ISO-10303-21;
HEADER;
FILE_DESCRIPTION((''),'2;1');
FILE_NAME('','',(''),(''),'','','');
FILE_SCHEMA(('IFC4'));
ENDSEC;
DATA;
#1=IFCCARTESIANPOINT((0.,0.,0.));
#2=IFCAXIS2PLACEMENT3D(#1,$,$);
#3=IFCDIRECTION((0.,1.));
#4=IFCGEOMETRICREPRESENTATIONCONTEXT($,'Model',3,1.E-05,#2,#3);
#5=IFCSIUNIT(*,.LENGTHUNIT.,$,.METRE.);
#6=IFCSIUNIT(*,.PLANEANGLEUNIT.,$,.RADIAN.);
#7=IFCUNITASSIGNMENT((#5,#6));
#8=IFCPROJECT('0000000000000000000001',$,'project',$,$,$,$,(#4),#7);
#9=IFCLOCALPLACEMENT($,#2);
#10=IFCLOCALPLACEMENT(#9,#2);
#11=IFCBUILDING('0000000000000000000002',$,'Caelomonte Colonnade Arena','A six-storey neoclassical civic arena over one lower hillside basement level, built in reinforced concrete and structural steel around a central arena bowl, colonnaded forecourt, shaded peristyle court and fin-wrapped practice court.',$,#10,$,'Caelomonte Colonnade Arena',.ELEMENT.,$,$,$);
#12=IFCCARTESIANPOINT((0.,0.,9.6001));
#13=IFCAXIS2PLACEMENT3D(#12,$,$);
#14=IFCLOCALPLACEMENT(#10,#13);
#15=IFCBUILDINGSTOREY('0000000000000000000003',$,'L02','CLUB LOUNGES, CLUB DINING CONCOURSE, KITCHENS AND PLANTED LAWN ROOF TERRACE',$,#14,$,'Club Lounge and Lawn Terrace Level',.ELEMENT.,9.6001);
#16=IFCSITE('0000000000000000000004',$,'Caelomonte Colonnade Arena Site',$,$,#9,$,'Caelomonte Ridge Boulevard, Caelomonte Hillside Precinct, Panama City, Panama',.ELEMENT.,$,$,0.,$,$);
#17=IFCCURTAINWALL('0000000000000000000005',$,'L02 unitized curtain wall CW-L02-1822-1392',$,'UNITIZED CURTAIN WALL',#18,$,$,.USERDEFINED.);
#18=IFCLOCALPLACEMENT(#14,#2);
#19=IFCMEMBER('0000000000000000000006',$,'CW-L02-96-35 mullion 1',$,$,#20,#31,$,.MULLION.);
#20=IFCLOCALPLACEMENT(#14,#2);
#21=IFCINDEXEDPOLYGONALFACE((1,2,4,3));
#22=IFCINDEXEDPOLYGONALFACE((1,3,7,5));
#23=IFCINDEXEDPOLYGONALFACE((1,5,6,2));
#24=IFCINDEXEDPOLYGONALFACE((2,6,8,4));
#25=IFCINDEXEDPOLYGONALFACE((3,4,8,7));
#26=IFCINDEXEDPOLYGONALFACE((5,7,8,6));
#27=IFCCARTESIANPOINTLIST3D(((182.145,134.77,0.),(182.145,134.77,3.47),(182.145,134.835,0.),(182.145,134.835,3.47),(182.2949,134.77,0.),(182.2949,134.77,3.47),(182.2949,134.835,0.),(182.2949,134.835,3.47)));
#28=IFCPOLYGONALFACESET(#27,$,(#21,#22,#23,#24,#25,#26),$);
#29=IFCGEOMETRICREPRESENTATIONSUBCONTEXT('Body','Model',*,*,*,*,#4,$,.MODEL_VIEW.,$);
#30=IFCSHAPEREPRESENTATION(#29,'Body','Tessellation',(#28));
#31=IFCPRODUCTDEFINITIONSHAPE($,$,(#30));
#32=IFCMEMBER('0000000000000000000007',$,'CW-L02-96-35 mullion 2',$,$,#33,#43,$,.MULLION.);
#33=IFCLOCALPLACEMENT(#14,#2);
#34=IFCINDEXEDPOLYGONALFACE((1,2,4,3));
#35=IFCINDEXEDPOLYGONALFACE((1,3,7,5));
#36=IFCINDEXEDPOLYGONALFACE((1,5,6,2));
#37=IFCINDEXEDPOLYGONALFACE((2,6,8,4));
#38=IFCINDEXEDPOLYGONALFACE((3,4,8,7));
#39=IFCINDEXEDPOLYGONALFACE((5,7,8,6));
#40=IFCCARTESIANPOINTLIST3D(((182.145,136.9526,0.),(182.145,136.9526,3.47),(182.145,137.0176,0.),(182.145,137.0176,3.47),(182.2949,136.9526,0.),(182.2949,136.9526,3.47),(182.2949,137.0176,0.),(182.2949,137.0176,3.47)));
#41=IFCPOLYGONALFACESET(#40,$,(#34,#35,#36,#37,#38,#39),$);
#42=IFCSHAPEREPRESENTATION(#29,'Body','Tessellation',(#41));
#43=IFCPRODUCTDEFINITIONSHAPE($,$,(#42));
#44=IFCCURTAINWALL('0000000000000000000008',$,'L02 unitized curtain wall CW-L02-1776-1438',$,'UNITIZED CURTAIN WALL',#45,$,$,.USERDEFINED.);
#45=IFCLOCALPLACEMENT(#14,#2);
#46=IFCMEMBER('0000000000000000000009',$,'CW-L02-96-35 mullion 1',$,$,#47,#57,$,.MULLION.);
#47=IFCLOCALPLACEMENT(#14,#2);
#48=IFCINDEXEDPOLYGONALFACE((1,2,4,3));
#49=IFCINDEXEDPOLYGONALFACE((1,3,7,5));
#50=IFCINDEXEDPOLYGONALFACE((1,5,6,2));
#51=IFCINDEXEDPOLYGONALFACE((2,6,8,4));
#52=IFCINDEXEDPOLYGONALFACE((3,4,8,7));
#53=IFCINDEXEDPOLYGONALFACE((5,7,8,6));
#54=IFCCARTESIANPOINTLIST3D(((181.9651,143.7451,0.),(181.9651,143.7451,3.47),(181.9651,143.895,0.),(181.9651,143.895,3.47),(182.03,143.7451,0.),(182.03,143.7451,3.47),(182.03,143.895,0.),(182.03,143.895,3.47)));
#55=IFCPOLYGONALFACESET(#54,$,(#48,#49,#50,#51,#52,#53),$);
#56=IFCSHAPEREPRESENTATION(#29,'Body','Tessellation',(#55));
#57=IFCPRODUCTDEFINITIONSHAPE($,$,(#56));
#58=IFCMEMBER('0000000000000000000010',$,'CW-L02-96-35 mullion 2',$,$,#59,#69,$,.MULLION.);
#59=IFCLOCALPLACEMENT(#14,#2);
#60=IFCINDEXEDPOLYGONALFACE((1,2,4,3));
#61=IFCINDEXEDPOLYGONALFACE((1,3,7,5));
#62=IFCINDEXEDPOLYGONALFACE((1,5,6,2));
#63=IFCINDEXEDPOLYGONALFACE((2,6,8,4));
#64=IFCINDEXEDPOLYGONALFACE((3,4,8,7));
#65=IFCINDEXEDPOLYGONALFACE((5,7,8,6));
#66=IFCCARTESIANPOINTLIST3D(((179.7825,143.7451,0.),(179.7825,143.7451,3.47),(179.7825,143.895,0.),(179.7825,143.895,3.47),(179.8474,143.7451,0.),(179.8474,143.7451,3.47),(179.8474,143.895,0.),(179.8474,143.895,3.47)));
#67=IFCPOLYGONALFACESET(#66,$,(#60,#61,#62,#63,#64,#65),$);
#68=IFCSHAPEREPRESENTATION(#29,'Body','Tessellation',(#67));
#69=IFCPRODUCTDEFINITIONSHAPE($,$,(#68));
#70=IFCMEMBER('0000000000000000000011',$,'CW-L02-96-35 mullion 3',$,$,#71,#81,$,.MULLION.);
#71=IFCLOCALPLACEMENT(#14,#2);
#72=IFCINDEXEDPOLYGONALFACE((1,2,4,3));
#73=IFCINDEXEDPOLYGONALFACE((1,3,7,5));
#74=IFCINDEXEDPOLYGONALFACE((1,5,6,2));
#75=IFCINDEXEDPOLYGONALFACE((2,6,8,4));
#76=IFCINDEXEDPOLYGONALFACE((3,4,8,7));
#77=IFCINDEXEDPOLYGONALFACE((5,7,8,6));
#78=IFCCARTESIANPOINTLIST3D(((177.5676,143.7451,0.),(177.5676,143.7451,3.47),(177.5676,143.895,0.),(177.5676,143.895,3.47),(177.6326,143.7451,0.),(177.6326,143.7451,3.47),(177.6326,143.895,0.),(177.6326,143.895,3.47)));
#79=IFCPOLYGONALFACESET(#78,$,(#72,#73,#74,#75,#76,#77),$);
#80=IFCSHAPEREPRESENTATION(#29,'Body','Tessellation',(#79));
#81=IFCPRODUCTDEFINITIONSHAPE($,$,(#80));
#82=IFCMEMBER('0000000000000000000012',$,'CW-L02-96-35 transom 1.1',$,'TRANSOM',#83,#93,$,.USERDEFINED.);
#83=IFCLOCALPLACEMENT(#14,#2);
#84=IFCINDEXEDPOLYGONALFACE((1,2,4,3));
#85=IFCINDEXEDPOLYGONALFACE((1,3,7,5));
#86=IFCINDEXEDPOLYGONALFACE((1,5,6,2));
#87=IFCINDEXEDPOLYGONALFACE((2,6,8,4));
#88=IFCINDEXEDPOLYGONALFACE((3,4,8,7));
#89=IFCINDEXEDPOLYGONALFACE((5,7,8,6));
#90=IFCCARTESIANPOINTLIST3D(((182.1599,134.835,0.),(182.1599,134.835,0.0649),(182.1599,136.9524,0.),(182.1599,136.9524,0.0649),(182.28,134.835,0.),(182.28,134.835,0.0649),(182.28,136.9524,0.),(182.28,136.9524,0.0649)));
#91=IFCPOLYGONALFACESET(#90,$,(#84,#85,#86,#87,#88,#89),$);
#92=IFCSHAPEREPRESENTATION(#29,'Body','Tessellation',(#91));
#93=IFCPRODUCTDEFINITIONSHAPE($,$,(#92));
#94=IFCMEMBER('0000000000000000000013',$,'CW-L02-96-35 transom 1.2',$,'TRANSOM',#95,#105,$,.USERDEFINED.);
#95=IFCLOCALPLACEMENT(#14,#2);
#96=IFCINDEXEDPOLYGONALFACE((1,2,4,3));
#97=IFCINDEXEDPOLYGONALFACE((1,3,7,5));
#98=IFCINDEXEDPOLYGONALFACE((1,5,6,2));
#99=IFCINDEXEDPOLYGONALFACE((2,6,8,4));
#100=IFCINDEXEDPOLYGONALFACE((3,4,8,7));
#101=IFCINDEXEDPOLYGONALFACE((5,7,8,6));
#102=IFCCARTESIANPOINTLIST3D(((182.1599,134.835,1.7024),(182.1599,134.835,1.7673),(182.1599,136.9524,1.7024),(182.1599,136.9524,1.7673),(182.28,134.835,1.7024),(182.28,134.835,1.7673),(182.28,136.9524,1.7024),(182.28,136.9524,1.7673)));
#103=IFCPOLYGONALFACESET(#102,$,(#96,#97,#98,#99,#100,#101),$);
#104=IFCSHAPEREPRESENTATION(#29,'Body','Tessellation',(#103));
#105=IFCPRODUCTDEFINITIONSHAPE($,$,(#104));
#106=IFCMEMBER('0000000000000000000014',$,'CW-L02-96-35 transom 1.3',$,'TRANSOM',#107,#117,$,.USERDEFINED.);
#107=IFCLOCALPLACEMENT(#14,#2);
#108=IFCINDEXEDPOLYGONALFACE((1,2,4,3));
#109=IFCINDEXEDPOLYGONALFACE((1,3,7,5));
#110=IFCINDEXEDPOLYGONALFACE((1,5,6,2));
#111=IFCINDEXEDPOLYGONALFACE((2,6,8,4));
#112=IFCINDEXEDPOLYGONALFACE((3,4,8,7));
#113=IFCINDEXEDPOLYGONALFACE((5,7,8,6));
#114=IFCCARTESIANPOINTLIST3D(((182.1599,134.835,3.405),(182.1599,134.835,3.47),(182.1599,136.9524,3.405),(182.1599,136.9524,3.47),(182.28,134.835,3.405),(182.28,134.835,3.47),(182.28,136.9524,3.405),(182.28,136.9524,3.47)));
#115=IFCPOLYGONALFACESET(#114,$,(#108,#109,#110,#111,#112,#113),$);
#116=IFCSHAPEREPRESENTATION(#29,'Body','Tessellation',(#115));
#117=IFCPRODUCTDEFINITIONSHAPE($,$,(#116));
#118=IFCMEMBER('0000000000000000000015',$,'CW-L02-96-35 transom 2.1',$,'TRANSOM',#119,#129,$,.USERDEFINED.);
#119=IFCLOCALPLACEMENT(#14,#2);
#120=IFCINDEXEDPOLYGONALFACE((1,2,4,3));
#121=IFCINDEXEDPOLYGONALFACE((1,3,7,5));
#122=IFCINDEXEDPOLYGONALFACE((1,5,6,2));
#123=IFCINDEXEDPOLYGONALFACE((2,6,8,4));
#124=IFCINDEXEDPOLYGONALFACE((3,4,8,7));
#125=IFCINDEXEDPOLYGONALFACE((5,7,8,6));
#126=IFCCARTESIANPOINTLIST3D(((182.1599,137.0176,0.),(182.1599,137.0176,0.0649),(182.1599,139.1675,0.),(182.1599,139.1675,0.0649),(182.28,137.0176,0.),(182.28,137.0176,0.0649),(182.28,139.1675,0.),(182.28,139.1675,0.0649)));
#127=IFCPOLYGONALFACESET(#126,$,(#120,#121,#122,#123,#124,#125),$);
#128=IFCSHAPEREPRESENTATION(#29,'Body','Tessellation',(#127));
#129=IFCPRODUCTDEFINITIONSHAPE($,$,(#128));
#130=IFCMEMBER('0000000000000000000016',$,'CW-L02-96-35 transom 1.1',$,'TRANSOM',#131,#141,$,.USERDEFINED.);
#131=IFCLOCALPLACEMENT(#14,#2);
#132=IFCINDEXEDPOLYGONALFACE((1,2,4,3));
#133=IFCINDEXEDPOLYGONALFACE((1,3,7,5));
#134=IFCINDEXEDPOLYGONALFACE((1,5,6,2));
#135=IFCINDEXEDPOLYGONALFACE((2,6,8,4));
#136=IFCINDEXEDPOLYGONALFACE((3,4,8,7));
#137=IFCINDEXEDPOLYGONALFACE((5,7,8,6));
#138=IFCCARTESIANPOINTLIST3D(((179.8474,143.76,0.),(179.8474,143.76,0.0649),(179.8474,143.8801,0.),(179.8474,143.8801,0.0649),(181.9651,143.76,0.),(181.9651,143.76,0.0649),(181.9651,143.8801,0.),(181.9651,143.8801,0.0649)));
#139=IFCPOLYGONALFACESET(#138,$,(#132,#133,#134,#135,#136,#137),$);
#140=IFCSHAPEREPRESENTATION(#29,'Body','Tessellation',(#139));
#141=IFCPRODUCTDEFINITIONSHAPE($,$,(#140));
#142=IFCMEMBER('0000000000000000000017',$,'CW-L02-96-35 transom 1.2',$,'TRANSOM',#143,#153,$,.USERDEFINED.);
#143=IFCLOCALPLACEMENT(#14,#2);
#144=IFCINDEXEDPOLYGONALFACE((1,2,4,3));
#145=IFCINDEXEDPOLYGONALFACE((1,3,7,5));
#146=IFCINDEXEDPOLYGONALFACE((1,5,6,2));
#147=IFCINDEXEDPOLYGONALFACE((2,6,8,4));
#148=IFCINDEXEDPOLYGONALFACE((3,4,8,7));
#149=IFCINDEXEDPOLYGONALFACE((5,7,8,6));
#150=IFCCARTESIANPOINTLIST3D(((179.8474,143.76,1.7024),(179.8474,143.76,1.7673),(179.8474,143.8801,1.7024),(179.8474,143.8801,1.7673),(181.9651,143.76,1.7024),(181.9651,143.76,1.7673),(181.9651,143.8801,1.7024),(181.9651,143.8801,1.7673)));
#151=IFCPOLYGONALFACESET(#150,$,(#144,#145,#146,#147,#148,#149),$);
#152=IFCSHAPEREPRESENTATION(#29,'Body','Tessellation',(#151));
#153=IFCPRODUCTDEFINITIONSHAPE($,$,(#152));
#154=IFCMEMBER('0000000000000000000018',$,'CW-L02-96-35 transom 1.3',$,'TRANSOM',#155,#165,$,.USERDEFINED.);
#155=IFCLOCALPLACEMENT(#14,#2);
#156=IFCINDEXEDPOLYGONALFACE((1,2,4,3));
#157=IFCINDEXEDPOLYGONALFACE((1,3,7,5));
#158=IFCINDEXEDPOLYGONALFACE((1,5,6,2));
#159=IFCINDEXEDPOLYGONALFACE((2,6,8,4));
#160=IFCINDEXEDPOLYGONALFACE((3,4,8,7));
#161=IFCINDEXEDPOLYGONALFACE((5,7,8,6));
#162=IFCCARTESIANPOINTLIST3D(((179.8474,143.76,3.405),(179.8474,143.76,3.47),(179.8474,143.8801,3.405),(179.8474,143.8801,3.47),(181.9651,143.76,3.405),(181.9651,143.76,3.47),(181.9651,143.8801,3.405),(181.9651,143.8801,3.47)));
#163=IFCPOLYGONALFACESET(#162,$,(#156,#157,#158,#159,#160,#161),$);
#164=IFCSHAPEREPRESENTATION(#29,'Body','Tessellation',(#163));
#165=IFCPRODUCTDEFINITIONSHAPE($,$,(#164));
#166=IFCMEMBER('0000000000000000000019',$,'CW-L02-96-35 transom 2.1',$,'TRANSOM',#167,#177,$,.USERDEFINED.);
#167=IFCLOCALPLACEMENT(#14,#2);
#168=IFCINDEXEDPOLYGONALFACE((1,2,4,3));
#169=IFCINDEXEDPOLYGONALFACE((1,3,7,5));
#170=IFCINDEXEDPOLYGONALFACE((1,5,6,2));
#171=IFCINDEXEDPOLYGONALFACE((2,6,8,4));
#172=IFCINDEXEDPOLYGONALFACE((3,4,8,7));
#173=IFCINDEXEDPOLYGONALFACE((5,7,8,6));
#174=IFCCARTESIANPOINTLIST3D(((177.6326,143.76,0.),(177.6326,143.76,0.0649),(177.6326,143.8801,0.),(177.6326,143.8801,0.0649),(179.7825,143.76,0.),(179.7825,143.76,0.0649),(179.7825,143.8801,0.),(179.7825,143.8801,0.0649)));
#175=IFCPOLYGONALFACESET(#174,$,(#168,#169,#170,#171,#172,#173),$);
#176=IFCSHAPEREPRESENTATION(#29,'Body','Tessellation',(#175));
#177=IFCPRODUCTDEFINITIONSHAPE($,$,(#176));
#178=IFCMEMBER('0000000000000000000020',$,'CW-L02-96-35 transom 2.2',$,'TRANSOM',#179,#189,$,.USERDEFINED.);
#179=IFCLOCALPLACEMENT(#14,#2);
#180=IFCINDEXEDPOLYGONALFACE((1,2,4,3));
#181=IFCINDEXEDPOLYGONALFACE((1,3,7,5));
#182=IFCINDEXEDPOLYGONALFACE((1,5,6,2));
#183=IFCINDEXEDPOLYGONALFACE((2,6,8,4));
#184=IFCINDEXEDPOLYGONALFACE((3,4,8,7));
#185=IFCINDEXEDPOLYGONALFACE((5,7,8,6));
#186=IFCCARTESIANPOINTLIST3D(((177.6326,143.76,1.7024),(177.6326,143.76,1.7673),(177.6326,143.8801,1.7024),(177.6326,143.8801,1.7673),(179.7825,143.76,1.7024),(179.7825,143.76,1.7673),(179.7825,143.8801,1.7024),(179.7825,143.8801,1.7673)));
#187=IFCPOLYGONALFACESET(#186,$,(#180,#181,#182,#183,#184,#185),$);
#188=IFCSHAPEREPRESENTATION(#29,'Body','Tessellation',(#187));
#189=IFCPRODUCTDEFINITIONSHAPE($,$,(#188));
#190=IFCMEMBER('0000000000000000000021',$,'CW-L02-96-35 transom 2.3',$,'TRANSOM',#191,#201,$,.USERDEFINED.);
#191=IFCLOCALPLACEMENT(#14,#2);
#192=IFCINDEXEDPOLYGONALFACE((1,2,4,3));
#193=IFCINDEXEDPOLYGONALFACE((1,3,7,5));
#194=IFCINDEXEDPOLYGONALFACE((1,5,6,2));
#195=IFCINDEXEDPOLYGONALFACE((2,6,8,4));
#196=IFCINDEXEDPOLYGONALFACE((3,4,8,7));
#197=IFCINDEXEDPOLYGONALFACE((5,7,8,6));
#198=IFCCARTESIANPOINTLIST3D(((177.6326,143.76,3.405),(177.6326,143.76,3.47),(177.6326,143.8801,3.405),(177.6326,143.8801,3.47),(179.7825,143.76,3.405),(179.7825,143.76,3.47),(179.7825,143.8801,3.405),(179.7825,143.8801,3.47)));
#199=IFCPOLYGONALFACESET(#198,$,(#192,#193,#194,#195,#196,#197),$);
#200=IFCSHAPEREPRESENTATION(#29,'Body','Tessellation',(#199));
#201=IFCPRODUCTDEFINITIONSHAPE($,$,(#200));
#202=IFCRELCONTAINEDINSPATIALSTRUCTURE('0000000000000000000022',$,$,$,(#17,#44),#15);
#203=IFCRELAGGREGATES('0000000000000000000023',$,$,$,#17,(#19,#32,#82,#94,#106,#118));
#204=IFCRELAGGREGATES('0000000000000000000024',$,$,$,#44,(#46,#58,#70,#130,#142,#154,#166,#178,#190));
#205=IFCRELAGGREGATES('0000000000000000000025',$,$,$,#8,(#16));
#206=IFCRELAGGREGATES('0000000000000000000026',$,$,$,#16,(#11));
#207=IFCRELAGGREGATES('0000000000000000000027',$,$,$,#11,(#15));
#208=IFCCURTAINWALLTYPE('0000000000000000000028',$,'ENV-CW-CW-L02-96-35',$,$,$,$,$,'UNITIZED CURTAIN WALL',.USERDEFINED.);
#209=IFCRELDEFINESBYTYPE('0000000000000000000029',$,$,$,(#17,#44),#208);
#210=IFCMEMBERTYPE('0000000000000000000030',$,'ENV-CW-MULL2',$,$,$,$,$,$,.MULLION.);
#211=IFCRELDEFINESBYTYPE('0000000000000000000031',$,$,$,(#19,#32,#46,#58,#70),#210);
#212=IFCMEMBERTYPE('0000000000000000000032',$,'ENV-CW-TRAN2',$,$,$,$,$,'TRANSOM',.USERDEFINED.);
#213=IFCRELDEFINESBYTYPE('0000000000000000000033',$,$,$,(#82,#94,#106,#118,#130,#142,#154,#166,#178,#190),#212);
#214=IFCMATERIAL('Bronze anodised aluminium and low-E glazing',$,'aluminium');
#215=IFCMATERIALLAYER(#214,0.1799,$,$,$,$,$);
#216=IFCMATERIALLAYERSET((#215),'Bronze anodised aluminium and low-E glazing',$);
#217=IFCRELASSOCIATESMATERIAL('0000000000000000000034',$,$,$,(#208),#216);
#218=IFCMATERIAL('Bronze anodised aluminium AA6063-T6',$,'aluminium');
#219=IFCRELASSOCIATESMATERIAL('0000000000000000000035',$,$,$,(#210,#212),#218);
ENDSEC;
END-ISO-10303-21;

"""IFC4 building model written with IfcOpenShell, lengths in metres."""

from ifc_helpers import new_model, si_unit, direction, frame, origin, origin_2d, place, context, subcontext, project, spatial, rectangle, extrude, material, layer, layer_set, material_profile, profile_set, type_object, element, aggregate, save


model = new_model("IFC4")

# Units and contexts
model_context = context("Model", 3, precision=1e-05, world=origin(), true_north=direction((0.0, 1.0)))
body_context = subcontext(model_context, "Body", "Model", "MODEL_VIEW")
ifc_project = project(units=[si_unit("LENGTHUNIT", "METRE"), si_unit("PLANEANGLEUNIT", "RADIAN")], contexts=[model_context])

# Site, building, storey
site_placement = place(None, origin())
site = spatial("IfcSite", under=ifc_project, at=site_placement, Name="Caelomonte Colonnade Arena Site", LongName="Caelomonte Ridge Boulevard, Caelomonte Hillside Precinct, Panama City, Panama", CompositionType="ELEMENT", RefElevation=0.0)
building_placement = place(site_placement, origin())
building = spatial("IfcBuilding", under=site, at=building_placement, Name="Caelomonte Colonnade Arena", Description="A six-storey neoclassical civic arena over one lower hillside basement level, built in reinforced concrete and structural steel around a central arena bowl, colonnaded forecourt, shaded peristyle court and fin-wrapped practice court.", LongName="Caelomonte Colonnade Arena", CompositionType="ELEMENT")
storey_placement = place(building_placement, frame((0.0, 0.0, 9.6001)))
storey = spatial("IfcBuildingStorey", under=building, at=storey_placement, Name="L02", Description="CLUB LOUNGES, CLUB DINING CONCOURSE, KITCHENS AND PLANTED LAWN ROOF TERRACE", LongName="Club Lounge and Lawn Terrace Level", CompositionType="ELEMENT", Elevation=9.6001)

# Curtain walls, members
ifc_material_1 = material(Name="Bronze anodised aluminium and low-E glazing", Category="aluminium")
ifc_layer_1 = layer(ifc_material_1, 0.1799)
ifc_layer_set_1 = layer_set([ifc_layer_1], Name="Bronze anodised aluminium and low-E glazing")
curtain_wall_type = type_object("IfcCurtainWallType", Name="ENV-CW-CW-L02-96-35", ElementType="UNITIZED CURTAIN WALL", PredefinedType="USERDEFINED", material=ifc_layer_set_1)
curtain_wall_1_placement = place(storey_placement, origin())
curtain_wall_1 = element("IfcCurtainWall", 1, at=curtain_wall_1_placement, inside=storey, type_object=curtain_wall_type, Name="L02 unitized curtain wall CW-L02-1822-1392", ObjectType="UNITIZED CURTAIN WALL", PredefinedType="USERDEFINED")
ifc_material_2 = material(Name="Bronze anodised aluminium AA6063-T6", Category="aluminium")
ifc_material_profile_1 = material_profile(ifc_material_2, rectangle(XDim=0.0649, YDim=0.1499, at=origin_2d()), Name="CWM-65X150")
ifc_profile_set_1 = profile_set([ifc_material_profile_1], Name="Bronze anodised aluminium AA6063-T6")
member_type_1 = type_object("IfcMemberType", Name="ENV-CW-MULL2", PredefinedType="MULLION", material=ifc_profile_set_1)
member_1_placement = place(storey_placement, frame((182.22, 134.8025, 0.0), z_axis=(0.0, 0.0, 1.0), x_axis=(0.0, 1.0, 0.0)))
member_1 = element("IfcMember", 2, at=member_1_placement, type_object=member_type_1, Name="CW-L02-96-35 mullion 1", PredefinedType="MULLION", context=body_context, shape_type="SweptSolid", body=[
    extrude(rectangle(XDim=0.0649, YDim=0.1499, at=origin_2d()), origin(), (0.0, 0.0, 1.0), 3.47),
])
member_2_placement = place(storey_placement, frame((182.22, 136.9851, 0.0), z_axis=(0.0, 0.0, 1.0), x_axis=(0.0, 1.0, 0.0)))
member_2 = element("IfcMember", 3, at=member_2_placement, type_object=member_type_1, Name="CW-L02-96-35 mullion 2", PredefinedType="MULLION", context=body_context, shape_type="SweptSolid", body=[
    extrude(rectangle(XDim=0.0649, YDim=0.1499, at=origin_2d()), origin(), (0.0, 0.0, 1.0), 3.47),
])
curtain_wall_2_placement = place(storey_placement, origin())
curtain_wall_2 = element("IfcCurtainWall", 4, at=curtain_wall_2_placement, inside=storey, type_object=curtain_wall_type, Name="L02 unitized curtain wall CW-L02-1776-1438", ObjectType="UNITIZED CURTAIN WALL", PredefinedType="USERDEFINED")
member_3_placement = place(storey_placement, frame((181.9976, 143.8201, 0.0), z_axis=(0.0, 0.0, 1.0), x_axis=(-1.0, 0.0, 0.0)))
member_3 = element("IfcMember", 5, at=member_3_placement, type_object=member_type_1, Name="CW-L02-96-35 mullion 1", PredefinedType="MULLION", context=body_context, shape_type="SweptSolid", body=[
    extrude(rectangle(XDim=0.0649, YDim=0.1499, at=origin_2d()), origin(), (0.0, 0.0, 1.0), 3.47),
])
member_4_placement = place(storey_placement, frame((179.8149, 143.8201, 0.0), z_axis=(0.0, 0.0, 1.0), x_axis=(-1.0, 0.0, 0.0)))
member_4 = element("IfcMember", 6, at=member_4_placement, type_object=member_type_1, Name="CW-L02-96-35 mullion 2", PredefinedType="MULLION", context=body_context, shape_type="SweptSolid", body=[
    extrude(rectangle(XDim=0.0649, YDim=0.1499, at=origin_2d()), origin(), (0.0, 0.0, 1.0), 3.47),
])
member_5_placement = place(storey_placement, frame((177.6001, 143.8201, 0.0), z_axis=(0.0, 0.0, 1.0), x_axis=(-1.0, 0.0, 0.0)))
member_5 = element("IfcMember", 7, at=member_5_placement, type_object=member_type_1, Name="CW-L02-96-35 mullion 3", PredefinedType="MULLION", context=body_context, shape_type="SweptSolid", body=[
    extrude(rectangle(XDim=0.0649, YDim=0.1499, at=origin_2d()), origin(), (0.0, 0.0, 1.0), 3.47),
])

# Members
ifc_material_profile_2 = material_profile(ifc_material_2, rectangle(XDim=0.0649, YDim=0.1201, at=origin_2d()), Name="CWT-65X120")
ifc_profile_set_2 = profile_set([ifc_material_profile_2], Name="Bronze anodised aluminium AA6063-T6")
member_type_2 = type_object("IfcMemberType", Name="ENV-CW-TRAN2", ElementType="TRANSOM", PredefinedType="USERDEFINED", material=ifc_profile_set_2)
member_6_placement = place(storey_placement, frame((182.22, 134.835, 0.0325), z_axis=(0.0, 1.0, 0.0), x_axis=(0.0, 0.0, 1.0)))
member_6 = element("IfcMember", 8, at=member_6_placement, type_object=member_type_2, Name="CW-L02-96-35 transom 1.1", ObjectType="TRANSOM", PredefinedType="USERDEFINED", context=body_context, shape_type="SweptSolid", body=[
    extrude(rectangle(XDim=0.0649, YDim=0.1201, at=origin_2d()), origin(), (0.0, 0.0, 1.0), 2.1174),
])
member_7_placement = place(storey_placement, frame((182.22, 134.835, 1.7349), z_axis=(0.0, 1.0, 0.0), x_axis=(0.0, 0.0, 1.0)))
member_7 = element("IfcMember", 9, at=member_7_placement, type_object=member_type_2, Name="CW-L02-96-35 transom 1.2", ObjectType="TRANSOM", PredefinedType="USERDEFINED", context=body_context, shape_type="SweptSolid", body=[
    extrude(rectangle(XDim=0.0649, YDim=0.1201, at=origin_2d()), origin(), (0.0, 0.0, 1.0), 2.1174),
])
member_8_placement = place(storey_placement, frame((182.22, 134.835, 3.4375), z_axis=(0.0, 1.0, 0.0), x_axis=(0.0, 0.0, 1.0)))
member_8 = element("IfcMember", 10, at=member_8_placement, type_object=member_type_2, Name="CW-L02-96-35 transom 1.3", ObjectType="TRANSOM", PredefinedType="USERDEFINED", context=body_context, shape_type="SweptSolid", body=[
    extrude(rectangle(XDim=0.0649, YDim=0.1201, at=origin_2d()), origin(), (0.0, 0.0, 1.0), 2.1174),
])
member_9_placement = place(storey_placement, frame((182.22, 137.0176, 0.0325), z_axis=(0.0, 1.0, 0.0), x_axis=(0.0, 0.0, 1.0)))
member_9 = element("IfcMember", 11, at=member_9_placement, type_object=member_type_2, Name="CW-L02-96-35 transom 2.1", ObjectType="TRANSOM", PredefinedType="USERDEFINED", context=body_context, shape_type="SweptSolid", body=[
    extrude(rectangle(XDim=0.0649, YDim=0.1201, at=origin_2d()), origin(), (0.0, 0.0, 1.0), 2.1499),
])
member_10_placement = place(storey_placement, frame((181.9651, 143.8201, 0.0325), z_axis=(-1.0, 0.0, 0.0), x_axis=(0.0, 0.0, 1.0)))
member_10 = element("IfcMember", 12, at=member_10_placement, type_object=member_type_2, Name="CW-L02-96-35 transom 1.1", ObjectType="TRANSOM", PredefinedType="USERDEFINED", context=body_context, shape_type="SweptSolid", body=[
    extrude(rectangle(XDim=0.0649, YDim=0.1201, at=origin_2d()), origin(), (0.0, 0.0, 1.0), 2.1177),
])
member_11_placement = place(storey_placement, frame((181.9651, 143.8201, 1.7349), z_axis=(-1.0, 0.0, 0.0), x_axis=(0.0, 0.0, 1.0)))
member_11 = element("IfcMember", 13, at=member_11_placement, type_object=member_type_2, Name="CW-L02-96-35 transom 1.2", ObjectType="TRANSOM", PredefinedType="USERDEFINED", context=body_context, shape_type="SweptSolid", body=[
    extrude(rectangle(XDim=0.0649, YDim=0.1201, at=origin_2d()), origin(), (0.0, 0.0, 1.0), 2.1177),
])
member_12_placement = place(storey_placement, frame((181.9651, 143.8201, 3.4375), z_axis=(-1.0, 0.0, 0.0), x_axis=(0.0, 0.0, 1.0)))
member_12 = element("IfcMember", 14, at=member_12_placement, type_object=member_type_2, Name="CW-L02-96-35 transom 1.3", ObjectType="TRANSOM", PredefinedType="USERDEFINED", context=body_context, shape_type="SweptSolid", body=[
    extrude(rectangle(XDim=0.0649, YDim=0.1201, at=origin_2d()), origin(), (0.0, 0.0, 1.0), 2.1177),
])
member_13_placement = place(storey_placement, frame((179.7825, 143.8201, 0.0325), z_axis=(-1.0, 0.0, 0.0), x_axis=(0.0, 0.0, 1.0)))
member_13 = element("IfcMember", 15, at=member_13_placement, type_object=member_type_2, Name="CW-L02-96-35 transom 2.1", ObjectType="TRANSOM", PredefinedType="USERDEFINED", context=body_context, shape_type="SweptSolid", body=[
    extrude(rectangle(XDim=0.0649, YDim=0.1201, at=origin_2d()), origin(), (0.0, 0.0, 1.0), 2.1499),
])
member_14_placement = place(storey_placement, frame((179.7825, 143.8201, 1.7349), z_axis=(-1.0, 0.0, 0.0), x_axis=(0.0, 0.0, 1.0)))
member_14 = element("IfcMember", 16, at=member_14_placement, type_object=member_type_2, Name="CW-L02-96-35 transom 2.2", ObjectType="TRANSOM", PredefinedType="USERDEFINED", context=body_context, shape_type="SweptSolid", body=[
    extrude(rectangle(XDim=0.0649, YDim=0.1201, at=origin_2d()), origin(), (0.0, 0.0, 1.0), 2.1499),
])
member_15_placement = place(storey_placement, frame((179.7825, 143.8201, 3.4375), z_axis=(-1.0, 0.0, 0.0), x_axis=(0.0, 0.0, 1.0)))
member_15 = element("IfcMember", 17, at=member_15_placement, type_object=member_type_2, Name="CW-L02-96-35 transom 2.3", ObjectType="TRANSOM", PredefinedType="USERDEFINED", context=body_context, shape_type="SweptSolid", body=[
    extrude(rectangle(XDim=0.0649, YDim=0.1201, at=origin_2d()), origin(), (0.0, 0.0, 1.0), 2.1499),
])

aggregate(curtain_wall_1, [member_1, member_2, member_6, member_7, member_8, member_9])
aggregate(curtain_wall_2, [member_3, member_4, member_5, member_10, member_11, member_12, member_13, member_14, member_15])

save(model, "model.ifc")
